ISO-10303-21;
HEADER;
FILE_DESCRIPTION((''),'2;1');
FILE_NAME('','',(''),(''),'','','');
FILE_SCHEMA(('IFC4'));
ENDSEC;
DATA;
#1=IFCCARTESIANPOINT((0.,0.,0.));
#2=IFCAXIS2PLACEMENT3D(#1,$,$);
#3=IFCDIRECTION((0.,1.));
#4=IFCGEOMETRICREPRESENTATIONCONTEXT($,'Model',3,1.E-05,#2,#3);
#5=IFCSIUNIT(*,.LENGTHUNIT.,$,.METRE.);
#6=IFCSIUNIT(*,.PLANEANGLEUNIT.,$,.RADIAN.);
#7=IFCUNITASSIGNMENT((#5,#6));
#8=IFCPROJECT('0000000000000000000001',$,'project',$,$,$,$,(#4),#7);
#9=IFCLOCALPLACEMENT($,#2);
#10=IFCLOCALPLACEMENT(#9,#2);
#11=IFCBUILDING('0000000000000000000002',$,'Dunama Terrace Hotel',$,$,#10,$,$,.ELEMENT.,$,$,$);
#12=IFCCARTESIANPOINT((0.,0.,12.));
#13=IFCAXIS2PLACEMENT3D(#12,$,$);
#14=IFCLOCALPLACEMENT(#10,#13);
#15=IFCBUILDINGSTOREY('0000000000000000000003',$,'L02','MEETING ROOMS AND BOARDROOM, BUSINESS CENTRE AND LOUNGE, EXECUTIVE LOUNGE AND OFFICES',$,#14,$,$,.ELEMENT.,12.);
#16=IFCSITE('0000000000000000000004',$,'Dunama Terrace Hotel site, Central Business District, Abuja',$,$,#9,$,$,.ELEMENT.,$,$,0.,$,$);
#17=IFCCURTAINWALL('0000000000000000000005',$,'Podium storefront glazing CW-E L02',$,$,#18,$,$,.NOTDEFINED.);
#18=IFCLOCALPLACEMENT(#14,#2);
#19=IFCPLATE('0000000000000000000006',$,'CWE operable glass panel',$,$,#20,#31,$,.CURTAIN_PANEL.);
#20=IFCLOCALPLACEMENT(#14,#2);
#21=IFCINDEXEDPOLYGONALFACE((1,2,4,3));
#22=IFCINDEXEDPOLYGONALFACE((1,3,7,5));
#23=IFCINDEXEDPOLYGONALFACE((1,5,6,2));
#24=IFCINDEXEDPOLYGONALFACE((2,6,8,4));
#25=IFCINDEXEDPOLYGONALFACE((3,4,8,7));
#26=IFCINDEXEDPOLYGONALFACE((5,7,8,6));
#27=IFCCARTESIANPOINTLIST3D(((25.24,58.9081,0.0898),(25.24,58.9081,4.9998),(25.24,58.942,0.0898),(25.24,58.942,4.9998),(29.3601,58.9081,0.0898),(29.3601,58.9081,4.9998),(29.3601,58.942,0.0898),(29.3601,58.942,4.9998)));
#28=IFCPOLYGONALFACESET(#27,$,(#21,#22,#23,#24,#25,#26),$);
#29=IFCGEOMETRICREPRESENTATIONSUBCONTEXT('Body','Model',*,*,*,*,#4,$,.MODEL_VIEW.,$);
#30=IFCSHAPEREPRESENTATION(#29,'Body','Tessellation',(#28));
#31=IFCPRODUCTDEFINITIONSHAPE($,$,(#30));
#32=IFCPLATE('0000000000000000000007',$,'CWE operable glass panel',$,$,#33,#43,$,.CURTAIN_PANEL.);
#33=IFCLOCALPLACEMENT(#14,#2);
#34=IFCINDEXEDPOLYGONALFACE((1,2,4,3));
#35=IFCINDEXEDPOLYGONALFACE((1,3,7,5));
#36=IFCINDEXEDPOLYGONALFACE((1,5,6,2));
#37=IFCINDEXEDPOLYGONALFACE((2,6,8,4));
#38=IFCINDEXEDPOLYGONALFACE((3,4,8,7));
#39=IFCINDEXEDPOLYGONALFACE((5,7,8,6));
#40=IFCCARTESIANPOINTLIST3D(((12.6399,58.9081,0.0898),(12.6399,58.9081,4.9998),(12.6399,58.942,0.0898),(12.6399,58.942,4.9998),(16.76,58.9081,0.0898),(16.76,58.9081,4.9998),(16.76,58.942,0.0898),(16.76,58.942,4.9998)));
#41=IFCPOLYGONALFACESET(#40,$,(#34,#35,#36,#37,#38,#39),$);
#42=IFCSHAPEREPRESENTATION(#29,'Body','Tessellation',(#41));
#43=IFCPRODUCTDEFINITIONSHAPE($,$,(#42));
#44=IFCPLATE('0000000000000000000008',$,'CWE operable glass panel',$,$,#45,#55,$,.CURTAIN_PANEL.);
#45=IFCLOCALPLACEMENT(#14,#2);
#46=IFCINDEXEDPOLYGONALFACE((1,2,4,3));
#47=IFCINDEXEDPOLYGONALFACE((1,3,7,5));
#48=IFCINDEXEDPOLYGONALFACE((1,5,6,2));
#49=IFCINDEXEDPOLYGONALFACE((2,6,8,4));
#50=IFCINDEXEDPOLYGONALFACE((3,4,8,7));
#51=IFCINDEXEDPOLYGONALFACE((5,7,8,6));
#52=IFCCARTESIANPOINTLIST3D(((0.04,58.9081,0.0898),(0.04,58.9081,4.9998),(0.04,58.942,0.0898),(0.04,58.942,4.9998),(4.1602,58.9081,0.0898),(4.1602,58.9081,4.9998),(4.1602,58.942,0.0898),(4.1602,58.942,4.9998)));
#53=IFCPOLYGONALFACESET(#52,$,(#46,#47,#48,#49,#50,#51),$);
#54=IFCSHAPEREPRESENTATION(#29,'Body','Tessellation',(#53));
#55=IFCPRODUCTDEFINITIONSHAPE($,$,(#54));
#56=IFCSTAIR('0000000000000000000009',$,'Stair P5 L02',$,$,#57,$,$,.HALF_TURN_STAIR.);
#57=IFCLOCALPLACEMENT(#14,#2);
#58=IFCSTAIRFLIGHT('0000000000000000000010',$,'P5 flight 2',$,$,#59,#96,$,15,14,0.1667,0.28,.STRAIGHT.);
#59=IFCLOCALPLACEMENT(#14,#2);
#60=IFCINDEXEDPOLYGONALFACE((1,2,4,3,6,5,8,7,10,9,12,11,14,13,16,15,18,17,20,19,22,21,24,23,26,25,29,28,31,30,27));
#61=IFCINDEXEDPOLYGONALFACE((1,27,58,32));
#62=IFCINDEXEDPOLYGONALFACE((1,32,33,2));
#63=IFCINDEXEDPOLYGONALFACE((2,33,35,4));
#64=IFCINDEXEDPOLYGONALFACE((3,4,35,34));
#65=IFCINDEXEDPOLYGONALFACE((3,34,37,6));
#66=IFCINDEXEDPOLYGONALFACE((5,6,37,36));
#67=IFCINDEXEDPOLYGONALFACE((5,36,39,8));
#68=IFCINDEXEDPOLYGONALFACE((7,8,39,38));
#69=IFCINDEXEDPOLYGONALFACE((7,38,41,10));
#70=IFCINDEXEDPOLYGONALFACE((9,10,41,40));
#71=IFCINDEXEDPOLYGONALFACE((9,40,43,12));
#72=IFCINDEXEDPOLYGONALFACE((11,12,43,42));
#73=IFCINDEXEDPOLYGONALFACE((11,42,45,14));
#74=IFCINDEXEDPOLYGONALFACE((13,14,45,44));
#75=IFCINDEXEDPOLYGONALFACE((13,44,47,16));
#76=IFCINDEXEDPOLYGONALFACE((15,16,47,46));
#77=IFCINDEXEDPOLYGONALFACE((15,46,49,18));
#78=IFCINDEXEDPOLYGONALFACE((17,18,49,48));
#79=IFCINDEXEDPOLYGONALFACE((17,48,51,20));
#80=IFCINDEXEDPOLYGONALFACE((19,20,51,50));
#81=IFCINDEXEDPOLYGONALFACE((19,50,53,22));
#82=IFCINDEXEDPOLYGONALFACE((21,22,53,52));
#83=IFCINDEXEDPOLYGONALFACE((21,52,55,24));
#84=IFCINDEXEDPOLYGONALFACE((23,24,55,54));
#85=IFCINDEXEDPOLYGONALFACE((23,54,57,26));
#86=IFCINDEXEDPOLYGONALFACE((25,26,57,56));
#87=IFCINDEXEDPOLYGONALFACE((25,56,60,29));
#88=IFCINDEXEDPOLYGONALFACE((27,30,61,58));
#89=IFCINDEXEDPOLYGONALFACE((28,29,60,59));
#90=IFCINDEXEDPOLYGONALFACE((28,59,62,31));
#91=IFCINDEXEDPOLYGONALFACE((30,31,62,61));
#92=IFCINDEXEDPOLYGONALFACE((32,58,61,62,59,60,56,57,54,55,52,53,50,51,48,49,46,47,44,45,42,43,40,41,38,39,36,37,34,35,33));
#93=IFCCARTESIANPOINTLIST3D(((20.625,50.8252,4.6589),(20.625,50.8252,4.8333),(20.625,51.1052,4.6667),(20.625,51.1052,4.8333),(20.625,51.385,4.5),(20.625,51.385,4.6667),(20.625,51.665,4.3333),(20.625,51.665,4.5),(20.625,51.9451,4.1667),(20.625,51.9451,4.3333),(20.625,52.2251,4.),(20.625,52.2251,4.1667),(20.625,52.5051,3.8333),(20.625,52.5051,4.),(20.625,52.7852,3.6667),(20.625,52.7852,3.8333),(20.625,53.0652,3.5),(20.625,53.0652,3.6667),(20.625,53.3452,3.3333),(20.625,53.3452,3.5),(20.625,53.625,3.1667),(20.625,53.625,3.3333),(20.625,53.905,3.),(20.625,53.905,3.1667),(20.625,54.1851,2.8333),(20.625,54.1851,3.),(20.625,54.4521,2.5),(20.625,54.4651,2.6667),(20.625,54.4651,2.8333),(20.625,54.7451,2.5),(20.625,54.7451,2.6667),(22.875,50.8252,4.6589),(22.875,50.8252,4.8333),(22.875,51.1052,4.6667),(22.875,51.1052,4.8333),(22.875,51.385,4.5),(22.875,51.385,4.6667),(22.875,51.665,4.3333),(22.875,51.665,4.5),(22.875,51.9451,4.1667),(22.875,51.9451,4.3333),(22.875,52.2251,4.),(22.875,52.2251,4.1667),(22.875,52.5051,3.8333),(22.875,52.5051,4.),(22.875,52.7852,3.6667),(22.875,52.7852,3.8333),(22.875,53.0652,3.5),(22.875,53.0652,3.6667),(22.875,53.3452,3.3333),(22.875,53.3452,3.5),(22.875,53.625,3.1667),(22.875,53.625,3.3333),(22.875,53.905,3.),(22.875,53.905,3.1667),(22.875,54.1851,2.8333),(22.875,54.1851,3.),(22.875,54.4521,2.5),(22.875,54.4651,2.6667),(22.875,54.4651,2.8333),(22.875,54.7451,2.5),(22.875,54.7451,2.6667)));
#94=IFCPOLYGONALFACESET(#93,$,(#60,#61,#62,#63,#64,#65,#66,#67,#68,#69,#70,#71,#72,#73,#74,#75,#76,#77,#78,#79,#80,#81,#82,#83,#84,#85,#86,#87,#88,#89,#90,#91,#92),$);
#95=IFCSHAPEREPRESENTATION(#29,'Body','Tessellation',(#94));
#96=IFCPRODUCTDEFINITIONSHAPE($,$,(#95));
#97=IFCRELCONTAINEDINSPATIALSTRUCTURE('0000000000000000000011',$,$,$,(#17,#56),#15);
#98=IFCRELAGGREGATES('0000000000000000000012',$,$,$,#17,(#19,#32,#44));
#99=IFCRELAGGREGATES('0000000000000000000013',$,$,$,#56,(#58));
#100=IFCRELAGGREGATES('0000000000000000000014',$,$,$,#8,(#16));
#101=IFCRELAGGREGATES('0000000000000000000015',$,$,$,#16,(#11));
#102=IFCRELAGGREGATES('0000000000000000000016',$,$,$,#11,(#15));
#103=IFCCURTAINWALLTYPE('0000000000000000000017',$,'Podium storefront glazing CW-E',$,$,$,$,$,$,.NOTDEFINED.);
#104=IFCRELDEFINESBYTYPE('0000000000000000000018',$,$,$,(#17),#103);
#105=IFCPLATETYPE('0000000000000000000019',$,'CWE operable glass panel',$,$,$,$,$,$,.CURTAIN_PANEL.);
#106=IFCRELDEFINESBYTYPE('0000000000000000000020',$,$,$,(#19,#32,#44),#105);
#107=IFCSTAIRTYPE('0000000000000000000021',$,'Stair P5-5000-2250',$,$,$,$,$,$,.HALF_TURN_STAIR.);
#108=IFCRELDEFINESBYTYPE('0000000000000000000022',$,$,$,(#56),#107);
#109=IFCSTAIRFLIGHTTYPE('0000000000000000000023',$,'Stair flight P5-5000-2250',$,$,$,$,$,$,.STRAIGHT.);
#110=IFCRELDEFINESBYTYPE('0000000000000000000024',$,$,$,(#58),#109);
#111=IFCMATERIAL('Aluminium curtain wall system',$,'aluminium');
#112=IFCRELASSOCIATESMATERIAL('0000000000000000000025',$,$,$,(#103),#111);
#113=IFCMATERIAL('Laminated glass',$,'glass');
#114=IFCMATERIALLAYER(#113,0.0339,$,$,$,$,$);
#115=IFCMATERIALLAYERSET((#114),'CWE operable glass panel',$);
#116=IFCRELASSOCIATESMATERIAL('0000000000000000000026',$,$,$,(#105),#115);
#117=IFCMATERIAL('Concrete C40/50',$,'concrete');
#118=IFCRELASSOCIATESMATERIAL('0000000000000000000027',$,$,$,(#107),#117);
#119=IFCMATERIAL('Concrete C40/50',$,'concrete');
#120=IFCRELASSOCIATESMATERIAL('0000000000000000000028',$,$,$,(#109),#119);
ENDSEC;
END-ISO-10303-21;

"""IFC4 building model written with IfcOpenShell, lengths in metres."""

from ifc_helpers import new_model, si_unit, direction, frame, origin, origin_2d, place, context, subcontext, project, spatial, polyline, rectangle, outline, extrude, material, layer, layer_set, type_object, element, aggregate, save


model = new_model("IFC4")

# Units and contexts
model_context = context("Model", 3, precision=1e-05, world=origin(), true_north=direction((0.0, 1.0)))
body_context = subcontext(model_context, "Body", "Model", "MODEL_VIEW")
ifc_project = project(units=[si_unit("LENGTHUNIT", "METRE"), si_unit("PLANEANGLEUNIT", "RADIAN")], contexts=[model_context])

# Site, building, storey
site_placement = place(None, origin())
site = spatial("IfcSite", under=ifc_project, at=site_placement, Name="Dunama Terrace Hotel site, Central Business District, Abuja", CompositionType="ELEMENT", RefElevation=0.0)
building_placement = place(site_placement, origin())
building = spatial("IfcBuilding", under=site, at=building_placement, Name="Dunama Terrace Hotel", CompositionType="ELEMENT")
storey_placement = place(building_placement, frame((0.0, 0.0, 12.0)))
storey = spatial("IfcBuildingStorey", under=building, at=storey_placement, Name="L02", Description="MEETING ROOMS AND BOARDROOM, BUSINESS CENTRE AND LOUNGE, EXECUTIVE LOUNGE AND OFFICES", CompositionType="ELEMENT", Elevation=12.0)

# Curtain wall
ifc_material_1 = material(Name="Aluminium curtain wall system", Category="aluminium")
curtain_wall_type = type_object("IfcCurtainWallType", Name="Podium storefront glazing CW-E", PredefinedType="NOTDEFINED", material=ifc_material_1)
curtain_wall_placement = place(storey_placement, origin())
curtain_wall = element("IfcCurtainWall", 1, at=curtain_wall_placement, inside=storey, type_object=curtain_wall_type, Name="Podium storefront glazing CW-E L02", PredefinedType="NOTDEFINED")

# Plates
ifc_material_2 = material(Name="Laminated glass", Category="glass")
ifc_layer_1 = layer(ifc_material_2, 0.0339)
ifc_layer_set_1 = layer_set([ifc_layer_1], Name="CWE operable glass panel")
plate_type_1 = type_object("IfcPlateType", Name="CWE operable glass panel", PredefinedType="CURTAIN_PANEL", material=ifc_layer_set_1)
plate_1_placement = place(storey_placement, frame((27.3, 58.925, 0.0898), z_axis=(0.0, 0.0, 1.0), x_axis=(-1.0, 0.0, 0.0)))
plate_1 = element("IfcPlate", 2, at=plate_1_placement, type_object=plate_type_1, Name="CWE operable glass panel", PredefinedType="CURTAIN_PANEL", context=body_context, shape_type="SweptSolid", body=[
    extrude(rectangle(XDim=4.1201, YDim=0.0339, at=origin_2d()), origin(), (0.0, 0.0, 1.0), 4.9099),
])
plate_2_placement = place(storey_placement, frame((14.7, 58.925, 0.0898), z_axis=(0.0, 0.0, 1.0), x_axis=(-1.0, 0.0, 0.0)))
plate_2 = element("IfcPlate", 3, at=plate_2_placement, type_object=plate_type_1, Name="CWE operable glass panel", PredefinedType="CURTAIN_PANEL", context=body_context, shape_type="SweptSolid", body=[
    extrude(rectangle(XDim=4.1201, YDim=0.0339, at=origin_2d()), origin(), (0.0, 0.0, 1.0), 4.9099),
])
plate_3_placement = place(storey_placement, frame((2.1001, 58.925, 0.0898), z_axis=(0.0, 0.0, 1.0), x_axis=(-1.0, 0.0, 0.0)))
plate_3 = element("IfcPlate", 4, at=plate_3_placement, type_object=plate_type_1, Name="CWE operable glass panel", PredefinedType="CURTAIN_PANEL", context=body_context, shape_type="SweptSolid", body=[
    extrude(rectangle(XDim=4.1201, YDim=0.0339, at=origin_2d()), origin(), (0.0, 0.0, 1.0), 4.9099),
])
aggregate(curtain_wall, [plate_1, plate_2, plate_3])

# Stair, stair flight
ifc_material_3 = material(Name="Concrete C40/50", Category="concrete")
stair_type = type_object("IfcStairType", Name="Stair P5-5000-2250", PredefinedType="HALF_TURN_STAIR", material=ifc_material_3)
stair_placement = place(storey_placement, origin())
stair = element("IfcStair", 5, at=stair_placement, inside=storey, type_object=stair_type, Name="Stair P5 L02", PredefinedType="HALF_TURN_STAIR")
ifc_material_4 = material(Name="Concrete C40/50", Category="concrete")
stair_flight_type = type_object("IfcStairFlightType", Name="Stair flight P5-5000-2250", PredefinedType="STRAIGHT", material=ifc_material_4)
stair_flight_placement = place(storey_placement, frame((21.75, 54.7451, 2.5), z_axis=(0.0, 0.0, 1.0), x_axis=(0.0, -1.0, 0.0)))
stair_flight = element("IfcStairFlight", 6, at=stair_flight_placement, type_object=stair_flight_type, Name="P5 flight 2", NumberOfRisers=15, NumberOfTreads=14, PredefinedType="STRAIGHT", RiserHeight=0.1667, TreadLength=0.28, context=body_context, shape_type="SweptSolid", body=[
    extrude(outline(polyline([(0.0, 0.0), (0.0, 0.1667), (0.28, 0.1667), (0.28, 0.3333), (0.5601, 0.3333), (0.5601, 0.5), (0.8401, 0.5), (0.8401, 0.6667), (1.1201, 0.6667), (1.1201, 0.8333), (1.3999, 0.8333), (1.3999, 1.0), (1.6799, 1.0), (1.6799, 1.1667), (1.96, 1.1667), (1.96, 1.3333), (2.24, 1.3333), (2.24, 1.5), (2.52, 1.5), (2.52, 1.6667), (2.8, 1.6667), (2.8, 1.8333), (3.0801, 1.8333), (3.0801, 2.0), (3.3601, 2.0), (3.3601, 2.1667), (3.6399, 2.1667), (3.6399, 2.3333), (3.9199, 2.3333), (3.9199, 2.5), (3.9199, 2.1589), (0.293, 0.0), (0.0, 0.0)])), frame((0.0, 1.125, 0.0), z_axis=(0.0, -1.0, 0.0), x_axis=(1.0, 0.0, 0.0)), (0.0, 0.0, 1.0), 2.25),
])
aggregate(stair, [stair_flight])

save(model, "model.ifc")
